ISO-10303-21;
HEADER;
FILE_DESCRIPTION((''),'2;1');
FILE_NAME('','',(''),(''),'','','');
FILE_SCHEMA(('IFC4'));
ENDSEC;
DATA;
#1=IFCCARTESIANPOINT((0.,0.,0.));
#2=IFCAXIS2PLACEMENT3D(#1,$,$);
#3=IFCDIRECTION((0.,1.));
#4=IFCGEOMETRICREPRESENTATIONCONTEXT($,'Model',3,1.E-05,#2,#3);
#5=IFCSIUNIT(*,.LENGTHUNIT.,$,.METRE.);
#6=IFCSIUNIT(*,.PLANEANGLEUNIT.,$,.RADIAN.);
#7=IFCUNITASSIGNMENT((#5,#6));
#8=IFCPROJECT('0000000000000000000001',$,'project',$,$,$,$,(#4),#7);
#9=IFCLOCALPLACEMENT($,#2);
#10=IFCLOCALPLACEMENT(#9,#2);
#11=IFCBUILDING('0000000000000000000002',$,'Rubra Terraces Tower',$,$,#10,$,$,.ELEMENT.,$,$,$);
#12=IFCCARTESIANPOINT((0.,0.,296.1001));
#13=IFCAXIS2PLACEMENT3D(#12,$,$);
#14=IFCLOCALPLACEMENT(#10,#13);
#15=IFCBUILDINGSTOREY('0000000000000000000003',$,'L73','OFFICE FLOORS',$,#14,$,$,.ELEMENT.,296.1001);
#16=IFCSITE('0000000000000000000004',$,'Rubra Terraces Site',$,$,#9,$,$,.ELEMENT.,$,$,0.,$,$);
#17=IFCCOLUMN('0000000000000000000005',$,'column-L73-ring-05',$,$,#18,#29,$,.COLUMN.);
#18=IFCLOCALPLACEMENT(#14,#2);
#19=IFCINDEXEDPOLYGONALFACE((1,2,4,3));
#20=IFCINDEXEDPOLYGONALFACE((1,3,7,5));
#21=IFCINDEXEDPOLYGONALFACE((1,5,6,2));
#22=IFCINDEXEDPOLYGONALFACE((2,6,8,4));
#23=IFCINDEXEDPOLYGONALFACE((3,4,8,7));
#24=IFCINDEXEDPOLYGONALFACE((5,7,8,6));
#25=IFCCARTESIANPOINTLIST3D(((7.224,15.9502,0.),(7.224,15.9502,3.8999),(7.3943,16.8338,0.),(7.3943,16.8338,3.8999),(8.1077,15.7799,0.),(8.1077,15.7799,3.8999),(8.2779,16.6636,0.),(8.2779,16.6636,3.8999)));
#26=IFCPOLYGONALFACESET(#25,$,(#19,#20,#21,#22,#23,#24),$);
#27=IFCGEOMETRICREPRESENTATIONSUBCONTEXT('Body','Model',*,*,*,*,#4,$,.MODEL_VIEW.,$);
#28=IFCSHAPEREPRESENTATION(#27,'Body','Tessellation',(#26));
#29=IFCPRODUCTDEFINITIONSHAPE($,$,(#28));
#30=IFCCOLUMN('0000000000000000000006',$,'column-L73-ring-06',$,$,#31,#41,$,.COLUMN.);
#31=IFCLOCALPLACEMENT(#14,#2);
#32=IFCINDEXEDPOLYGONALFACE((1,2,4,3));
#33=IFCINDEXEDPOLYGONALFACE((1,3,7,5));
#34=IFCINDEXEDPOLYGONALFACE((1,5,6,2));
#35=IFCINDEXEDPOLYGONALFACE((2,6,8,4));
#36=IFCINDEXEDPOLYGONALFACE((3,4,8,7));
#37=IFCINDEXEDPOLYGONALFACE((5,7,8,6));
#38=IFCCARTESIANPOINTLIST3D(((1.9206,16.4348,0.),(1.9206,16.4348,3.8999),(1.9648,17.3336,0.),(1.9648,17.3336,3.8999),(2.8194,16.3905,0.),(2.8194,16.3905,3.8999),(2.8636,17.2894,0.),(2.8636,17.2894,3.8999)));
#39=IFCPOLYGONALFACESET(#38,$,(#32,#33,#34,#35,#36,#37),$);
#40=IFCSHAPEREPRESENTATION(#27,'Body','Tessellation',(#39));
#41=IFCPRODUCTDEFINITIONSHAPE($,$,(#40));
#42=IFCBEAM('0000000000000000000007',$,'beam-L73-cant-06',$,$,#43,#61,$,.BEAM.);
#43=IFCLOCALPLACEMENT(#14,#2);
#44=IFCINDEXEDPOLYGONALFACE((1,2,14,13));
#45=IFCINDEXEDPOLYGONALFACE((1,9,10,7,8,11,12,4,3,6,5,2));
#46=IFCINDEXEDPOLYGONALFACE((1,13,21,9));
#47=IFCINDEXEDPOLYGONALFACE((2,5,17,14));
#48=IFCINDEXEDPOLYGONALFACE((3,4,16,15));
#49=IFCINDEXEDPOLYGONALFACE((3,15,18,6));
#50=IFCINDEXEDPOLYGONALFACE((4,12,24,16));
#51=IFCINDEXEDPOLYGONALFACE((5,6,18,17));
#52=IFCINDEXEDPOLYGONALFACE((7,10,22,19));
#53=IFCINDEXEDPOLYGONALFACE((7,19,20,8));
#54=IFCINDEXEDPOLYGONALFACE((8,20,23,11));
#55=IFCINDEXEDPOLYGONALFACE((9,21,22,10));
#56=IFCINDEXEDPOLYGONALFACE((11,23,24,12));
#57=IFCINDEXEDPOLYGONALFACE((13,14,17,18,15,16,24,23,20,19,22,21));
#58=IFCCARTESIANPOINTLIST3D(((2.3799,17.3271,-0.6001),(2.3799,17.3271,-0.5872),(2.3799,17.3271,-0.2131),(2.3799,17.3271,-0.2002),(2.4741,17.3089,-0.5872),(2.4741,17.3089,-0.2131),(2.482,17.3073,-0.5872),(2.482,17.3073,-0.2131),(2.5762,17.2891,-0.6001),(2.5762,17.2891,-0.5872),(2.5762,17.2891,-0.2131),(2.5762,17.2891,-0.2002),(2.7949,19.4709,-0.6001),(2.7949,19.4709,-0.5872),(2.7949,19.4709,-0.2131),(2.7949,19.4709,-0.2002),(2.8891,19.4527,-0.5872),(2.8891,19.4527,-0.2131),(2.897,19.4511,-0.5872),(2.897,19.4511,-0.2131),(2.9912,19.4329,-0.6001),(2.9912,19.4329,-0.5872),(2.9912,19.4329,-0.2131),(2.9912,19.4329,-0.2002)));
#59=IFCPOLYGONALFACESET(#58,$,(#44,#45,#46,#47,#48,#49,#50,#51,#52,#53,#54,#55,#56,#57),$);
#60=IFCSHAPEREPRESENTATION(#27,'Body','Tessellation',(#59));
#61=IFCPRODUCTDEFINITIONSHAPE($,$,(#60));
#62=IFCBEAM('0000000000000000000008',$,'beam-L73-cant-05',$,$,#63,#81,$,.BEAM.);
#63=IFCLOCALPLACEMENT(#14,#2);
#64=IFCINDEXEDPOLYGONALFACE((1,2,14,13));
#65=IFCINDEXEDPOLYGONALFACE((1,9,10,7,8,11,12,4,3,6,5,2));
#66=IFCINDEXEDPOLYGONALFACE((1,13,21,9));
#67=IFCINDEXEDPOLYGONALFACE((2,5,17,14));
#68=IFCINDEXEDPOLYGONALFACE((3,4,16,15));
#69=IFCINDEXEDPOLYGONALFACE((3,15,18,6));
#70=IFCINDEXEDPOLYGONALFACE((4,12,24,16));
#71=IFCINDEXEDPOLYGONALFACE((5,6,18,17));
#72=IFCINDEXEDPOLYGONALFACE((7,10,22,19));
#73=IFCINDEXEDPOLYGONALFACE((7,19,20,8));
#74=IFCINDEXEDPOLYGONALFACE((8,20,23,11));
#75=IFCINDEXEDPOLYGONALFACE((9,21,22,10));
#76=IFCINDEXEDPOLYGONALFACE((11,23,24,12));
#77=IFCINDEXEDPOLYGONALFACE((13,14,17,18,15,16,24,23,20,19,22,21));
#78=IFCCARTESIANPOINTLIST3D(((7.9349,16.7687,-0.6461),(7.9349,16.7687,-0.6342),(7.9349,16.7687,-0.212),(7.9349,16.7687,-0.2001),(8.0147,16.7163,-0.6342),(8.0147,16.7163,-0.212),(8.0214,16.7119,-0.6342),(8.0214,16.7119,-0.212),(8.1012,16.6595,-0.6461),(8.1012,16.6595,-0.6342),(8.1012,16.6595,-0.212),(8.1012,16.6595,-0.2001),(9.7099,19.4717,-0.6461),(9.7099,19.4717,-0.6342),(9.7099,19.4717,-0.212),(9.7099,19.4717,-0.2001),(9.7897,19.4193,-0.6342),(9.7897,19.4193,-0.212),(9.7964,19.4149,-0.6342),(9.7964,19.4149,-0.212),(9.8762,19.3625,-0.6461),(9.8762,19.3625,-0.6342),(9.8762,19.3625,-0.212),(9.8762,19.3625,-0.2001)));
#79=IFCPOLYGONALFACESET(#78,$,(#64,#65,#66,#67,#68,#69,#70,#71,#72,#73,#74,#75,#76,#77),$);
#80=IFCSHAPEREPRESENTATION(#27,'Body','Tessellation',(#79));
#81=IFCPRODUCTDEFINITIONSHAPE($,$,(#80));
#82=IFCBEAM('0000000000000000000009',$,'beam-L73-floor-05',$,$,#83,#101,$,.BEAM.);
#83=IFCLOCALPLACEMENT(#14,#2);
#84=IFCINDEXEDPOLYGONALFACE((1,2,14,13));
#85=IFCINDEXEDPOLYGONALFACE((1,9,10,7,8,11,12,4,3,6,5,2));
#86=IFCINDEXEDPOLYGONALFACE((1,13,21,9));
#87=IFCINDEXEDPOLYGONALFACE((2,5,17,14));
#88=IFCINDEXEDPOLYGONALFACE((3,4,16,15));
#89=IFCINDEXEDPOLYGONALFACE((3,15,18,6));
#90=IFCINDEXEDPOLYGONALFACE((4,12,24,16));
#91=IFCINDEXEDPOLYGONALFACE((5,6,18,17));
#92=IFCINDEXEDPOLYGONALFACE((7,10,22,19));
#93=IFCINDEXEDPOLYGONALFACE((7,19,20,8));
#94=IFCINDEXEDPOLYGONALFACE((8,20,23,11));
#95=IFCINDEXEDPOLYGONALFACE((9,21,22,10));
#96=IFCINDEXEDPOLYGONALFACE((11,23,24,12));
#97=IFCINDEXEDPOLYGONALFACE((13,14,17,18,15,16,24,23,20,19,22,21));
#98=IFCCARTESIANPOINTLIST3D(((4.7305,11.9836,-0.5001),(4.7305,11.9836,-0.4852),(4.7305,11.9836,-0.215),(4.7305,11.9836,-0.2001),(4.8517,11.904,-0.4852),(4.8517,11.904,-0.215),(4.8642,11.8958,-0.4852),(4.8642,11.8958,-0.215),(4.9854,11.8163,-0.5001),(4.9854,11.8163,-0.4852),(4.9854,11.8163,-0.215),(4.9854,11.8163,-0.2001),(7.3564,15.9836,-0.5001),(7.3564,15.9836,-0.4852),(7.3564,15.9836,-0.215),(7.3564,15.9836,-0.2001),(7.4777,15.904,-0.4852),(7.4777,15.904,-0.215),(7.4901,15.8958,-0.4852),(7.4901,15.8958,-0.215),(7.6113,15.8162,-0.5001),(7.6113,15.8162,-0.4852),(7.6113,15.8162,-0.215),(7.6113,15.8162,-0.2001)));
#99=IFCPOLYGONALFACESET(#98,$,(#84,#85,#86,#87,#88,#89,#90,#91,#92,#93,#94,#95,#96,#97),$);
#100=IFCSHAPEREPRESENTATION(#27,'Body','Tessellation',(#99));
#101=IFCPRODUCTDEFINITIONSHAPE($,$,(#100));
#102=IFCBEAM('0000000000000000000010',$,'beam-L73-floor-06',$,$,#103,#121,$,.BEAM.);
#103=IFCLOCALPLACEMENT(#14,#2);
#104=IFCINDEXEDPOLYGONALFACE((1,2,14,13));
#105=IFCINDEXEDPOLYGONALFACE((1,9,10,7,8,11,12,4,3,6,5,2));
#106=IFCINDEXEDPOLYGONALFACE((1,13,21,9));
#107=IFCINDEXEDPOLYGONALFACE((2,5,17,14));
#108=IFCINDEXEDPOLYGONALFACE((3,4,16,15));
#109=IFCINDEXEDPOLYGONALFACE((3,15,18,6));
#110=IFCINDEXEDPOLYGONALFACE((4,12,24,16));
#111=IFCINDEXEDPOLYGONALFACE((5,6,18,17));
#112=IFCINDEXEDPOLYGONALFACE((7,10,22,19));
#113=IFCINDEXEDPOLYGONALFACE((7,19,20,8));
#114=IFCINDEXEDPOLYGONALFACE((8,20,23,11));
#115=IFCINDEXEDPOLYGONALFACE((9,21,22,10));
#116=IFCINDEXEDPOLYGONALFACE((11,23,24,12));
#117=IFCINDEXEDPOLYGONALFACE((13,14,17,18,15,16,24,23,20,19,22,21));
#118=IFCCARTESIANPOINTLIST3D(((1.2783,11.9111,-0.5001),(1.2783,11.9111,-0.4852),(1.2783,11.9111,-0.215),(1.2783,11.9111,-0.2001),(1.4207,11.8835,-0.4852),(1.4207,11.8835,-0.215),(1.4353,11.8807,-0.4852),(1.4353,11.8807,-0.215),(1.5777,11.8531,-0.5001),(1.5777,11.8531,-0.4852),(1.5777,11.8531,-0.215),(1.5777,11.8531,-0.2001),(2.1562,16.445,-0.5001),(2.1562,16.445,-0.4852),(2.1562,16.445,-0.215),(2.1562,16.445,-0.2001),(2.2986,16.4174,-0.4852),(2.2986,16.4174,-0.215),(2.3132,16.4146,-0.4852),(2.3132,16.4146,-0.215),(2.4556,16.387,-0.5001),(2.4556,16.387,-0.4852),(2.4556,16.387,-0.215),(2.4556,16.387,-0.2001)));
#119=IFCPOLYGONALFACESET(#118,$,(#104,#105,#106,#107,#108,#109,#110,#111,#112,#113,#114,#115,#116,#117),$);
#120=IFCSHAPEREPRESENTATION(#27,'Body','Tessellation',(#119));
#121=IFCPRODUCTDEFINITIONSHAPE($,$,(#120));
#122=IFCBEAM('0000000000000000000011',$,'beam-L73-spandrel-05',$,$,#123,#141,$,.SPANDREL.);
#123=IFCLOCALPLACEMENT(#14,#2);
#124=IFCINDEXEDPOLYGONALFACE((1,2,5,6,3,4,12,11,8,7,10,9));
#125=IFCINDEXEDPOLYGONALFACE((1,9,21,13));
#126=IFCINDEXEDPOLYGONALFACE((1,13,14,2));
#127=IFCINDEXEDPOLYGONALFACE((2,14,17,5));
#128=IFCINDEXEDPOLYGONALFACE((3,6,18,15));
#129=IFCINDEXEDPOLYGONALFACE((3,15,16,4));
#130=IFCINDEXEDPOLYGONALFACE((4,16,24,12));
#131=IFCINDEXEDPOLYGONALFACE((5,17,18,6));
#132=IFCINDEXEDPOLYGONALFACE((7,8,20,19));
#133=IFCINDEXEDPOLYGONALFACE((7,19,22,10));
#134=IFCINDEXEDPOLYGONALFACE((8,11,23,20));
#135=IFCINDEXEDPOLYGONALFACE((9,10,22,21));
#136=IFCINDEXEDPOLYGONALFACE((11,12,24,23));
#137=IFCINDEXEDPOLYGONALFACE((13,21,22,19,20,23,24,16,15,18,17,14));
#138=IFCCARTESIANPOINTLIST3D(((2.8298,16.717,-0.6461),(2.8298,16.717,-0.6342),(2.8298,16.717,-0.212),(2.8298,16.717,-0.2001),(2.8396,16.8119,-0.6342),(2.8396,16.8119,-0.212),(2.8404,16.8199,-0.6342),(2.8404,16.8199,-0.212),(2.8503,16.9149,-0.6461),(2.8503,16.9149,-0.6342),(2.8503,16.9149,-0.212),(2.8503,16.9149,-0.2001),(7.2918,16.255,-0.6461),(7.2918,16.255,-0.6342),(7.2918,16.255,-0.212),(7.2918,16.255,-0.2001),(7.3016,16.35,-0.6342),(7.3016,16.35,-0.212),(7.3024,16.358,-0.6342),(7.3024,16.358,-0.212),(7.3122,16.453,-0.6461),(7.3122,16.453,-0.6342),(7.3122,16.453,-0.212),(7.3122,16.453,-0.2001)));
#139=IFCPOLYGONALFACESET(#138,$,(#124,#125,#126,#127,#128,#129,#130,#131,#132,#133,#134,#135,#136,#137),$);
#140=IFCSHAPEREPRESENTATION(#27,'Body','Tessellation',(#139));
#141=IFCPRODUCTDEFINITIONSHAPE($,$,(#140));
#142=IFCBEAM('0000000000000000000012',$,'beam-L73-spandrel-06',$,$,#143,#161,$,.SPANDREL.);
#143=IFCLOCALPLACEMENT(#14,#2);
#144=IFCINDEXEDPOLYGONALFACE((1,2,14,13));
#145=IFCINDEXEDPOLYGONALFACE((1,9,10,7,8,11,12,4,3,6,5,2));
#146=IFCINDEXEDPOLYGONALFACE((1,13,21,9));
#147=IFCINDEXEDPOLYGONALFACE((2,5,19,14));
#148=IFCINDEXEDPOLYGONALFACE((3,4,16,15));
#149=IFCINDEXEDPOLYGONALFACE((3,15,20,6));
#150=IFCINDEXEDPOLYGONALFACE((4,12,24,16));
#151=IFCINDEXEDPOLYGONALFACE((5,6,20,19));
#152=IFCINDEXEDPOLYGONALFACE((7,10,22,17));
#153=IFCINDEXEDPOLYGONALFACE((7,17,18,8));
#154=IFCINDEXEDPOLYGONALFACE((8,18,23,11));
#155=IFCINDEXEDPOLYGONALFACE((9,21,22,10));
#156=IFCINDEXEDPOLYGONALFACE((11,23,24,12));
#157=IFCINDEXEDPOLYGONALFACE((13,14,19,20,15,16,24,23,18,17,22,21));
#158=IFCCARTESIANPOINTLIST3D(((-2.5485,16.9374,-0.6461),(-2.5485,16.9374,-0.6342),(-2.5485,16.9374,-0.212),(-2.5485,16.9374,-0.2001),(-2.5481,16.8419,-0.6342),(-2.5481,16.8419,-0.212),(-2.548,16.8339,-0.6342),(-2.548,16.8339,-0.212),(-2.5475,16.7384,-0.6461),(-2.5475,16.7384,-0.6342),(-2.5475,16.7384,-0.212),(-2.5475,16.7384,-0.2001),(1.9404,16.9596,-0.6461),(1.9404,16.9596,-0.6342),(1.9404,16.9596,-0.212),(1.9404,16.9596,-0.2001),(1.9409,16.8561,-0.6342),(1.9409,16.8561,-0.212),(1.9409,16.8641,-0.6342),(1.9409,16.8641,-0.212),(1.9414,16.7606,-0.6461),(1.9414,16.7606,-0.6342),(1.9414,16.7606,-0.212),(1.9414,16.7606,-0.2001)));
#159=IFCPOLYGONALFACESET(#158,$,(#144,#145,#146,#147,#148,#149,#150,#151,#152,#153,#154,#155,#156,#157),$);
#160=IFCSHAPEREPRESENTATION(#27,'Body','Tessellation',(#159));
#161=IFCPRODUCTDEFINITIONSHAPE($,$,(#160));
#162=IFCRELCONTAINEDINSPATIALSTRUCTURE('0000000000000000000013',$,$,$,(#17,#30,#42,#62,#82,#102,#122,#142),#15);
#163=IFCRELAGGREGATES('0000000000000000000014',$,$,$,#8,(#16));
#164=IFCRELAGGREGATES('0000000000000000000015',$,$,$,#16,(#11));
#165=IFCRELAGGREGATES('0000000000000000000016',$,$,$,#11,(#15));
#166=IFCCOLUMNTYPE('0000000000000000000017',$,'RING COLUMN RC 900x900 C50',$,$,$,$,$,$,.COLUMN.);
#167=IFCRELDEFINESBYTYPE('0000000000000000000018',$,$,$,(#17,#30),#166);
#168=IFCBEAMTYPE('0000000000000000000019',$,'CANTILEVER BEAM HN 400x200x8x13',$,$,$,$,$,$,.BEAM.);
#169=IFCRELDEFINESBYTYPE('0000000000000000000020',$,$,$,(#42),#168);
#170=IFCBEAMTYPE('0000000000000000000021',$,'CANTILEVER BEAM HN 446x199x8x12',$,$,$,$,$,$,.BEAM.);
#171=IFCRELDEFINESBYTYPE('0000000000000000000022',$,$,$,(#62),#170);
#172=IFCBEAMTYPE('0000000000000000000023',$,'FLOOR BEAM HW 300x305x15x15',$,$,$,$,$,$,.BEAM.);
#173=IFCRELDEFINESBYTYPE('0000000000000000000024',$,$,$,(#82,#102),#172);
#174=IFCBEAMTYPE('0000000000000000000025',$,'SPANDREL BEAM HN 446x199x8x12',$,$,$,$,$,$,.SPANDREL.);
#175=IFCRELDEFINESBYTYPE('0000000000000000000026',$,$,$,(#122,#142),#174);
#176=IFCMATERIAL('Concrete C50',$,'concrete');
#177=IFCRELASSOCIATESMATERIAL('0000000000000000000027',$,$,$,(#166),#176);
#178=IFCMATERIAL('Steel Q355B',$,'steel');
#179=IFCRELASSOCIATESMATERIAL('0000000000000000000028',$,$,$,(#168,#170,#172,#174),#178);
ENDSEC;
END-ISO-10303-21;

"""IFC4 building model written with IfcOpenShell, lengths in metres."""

from ifc_helpers import new_model, si_unit, direction, frame, origin, origin_2d, place, context, subcontext, project, spatial, rectangle, i_section, extrude, material, material_profile, profile_set, type_object, element, save


model = new_model("IFC4")

# Units and contexts
model_context = context("Model", 3, precision=1e-05, world=origin(), true_north=direction((0.0, 1.0)))
body_context = subcontext(model_context, "Body", "Model", "MODEL_VIEW")
ifc_project = project(units=[si_unit("LENGTHUNIT", "METRE"), si_unit("PLANEANGLEUNIT", "RADIAN")], contexts=[model_context])

# Site, building, storey
site_placement = place(None, origin())
site = spatial("IfcSite", under=ifc_project, at=site_placement, Name="Rubra Terraces Site", CompositionType="ELEMENT", RefElevation=0.0)
building_placement = place(site_placement, origin())
building = spatial("IfcBuilding", under=site, at=building_placement, Name="Rubra Terraces Tower", CompositionType="ELEMENT")
storey_placement = place(building_placement, frame((0.0, 0.0, 296.1001)))
storey = spatial("IfcBuildingStorey", under=building, at=storey_placement, Name="L73", Description="OFFICE FLOORS", CompositionType="ELEMENT", Elevation=296.1001)

# Columns
ifc_material_1 = material(Name="Concrete C50", Category="concrete")
ifc_material_profile_1 = material_profile(ifc_material_1, rectangle(XDim=0.8999, YDim=0.8999, at=origin_2d()), Name="RC 900x900")
ifc_profile_set_1 = profile_set([ifc_material_profile_1], Name="Concrete C50")
column_type = type_object("IfcColumnType", Name="RING COLUMN RC 900x900 C50", PredefinedType="COLUMN", material=ifc_profile_set_1)
for number, where, z_axis, x_axis, name in (
    (1, (7.751, 16.3069, 0.0), (0.0, 0.0, 1.0), (-0.981937, 0.18921, 0.0), "column-L73-ring-05"),
    (2, (2.3921, 16.8621, 0.0), (0.0, 0.0, 1.0), (-0.998791, 0.04915, 0.0), "column-L73-ring-06"),
):
    element("IfcColumn", number, at=place(storey_placement, frame(where, z_axis=z_axis, x_axis=x_axis)), inside=storey, type_object=column_type, Name=name, PredefinedType="COLUMN", context=body_context, shape_type="SweptSolid", body=[
        extrude(rectangle(XDim=0.8999, YDim=0.8999, at=origin_2d()), origin(), (0.0, 0.0, 1.0), 3.8999),
    ])

# Beams
ifc_material_2 = material(Name="Steel Q355B", Category="steel")
ifc_material_profile_2 = material_profile(ifc_material_2, i_section(OverallWidth=0.2, OverallDepth=0.3999, WebThickness=0.0081, FlangeThickness=0.0129, at=origin_2d()), Name="HN 400x200x8x13")
ifc_profile_set_2 = profile_set([ifc_material_profile_2], Name="Steel Q355B")
beam_type_1 = type_object("IfcBeamType", Name="CANTILEVER BEAM HN 400x200x8x13", PredefinedType="BEAM", material=ifc_profile_set_2)
beam_1_placement = place(storey_placement, frame((2.478, 17.3081, -0.4001), z_axis=(0.190071, 0.98177, 0.0), x_axis=(-0.98177, 0.190071, 0.0)))
element("IfcBeam", 3, at=beam_1_placement, inside=storey, type_object=beam_type_1, Name="beam-L73-cant-06", PredefinedType="BEAM", context=body_context, shape_type="SweptSolid", body=[
    extrude(i_section(OverallWidth=0.2, OverallDepth=0.3999, WebThickness=0.0081, FlangeThickness=0.0129, at=origin_2d()), origin(), (0.0, 0.0, 1.0), 2.1836),
])
ifc_material_profile_3 = material_profile(ifc_material_2, i_section(OverallWidth=0.199, OverallDepth=0.446, WebThickness=0.0081, FlangeThickness=0.012, at=origin_2d()), Name="HN 446x199x8x12")
ifc_profile_set_3 = profile_set([ifc_material_profile_3], Name="Steel Q355B")
beam_type_2 = type_object("IfcBeamType", Name="CANTILEVER BEAM HN 446x199x8x12", PredefinedType="BEAM", material=ifc_profile_set_3)
beam_2_placement = place(storey_placement, frame((8.0181, 16.7141, -0.4231), z_axis=(0.548902, 0.835887, 0.0), x_axis=(-0.835887, 0.548902, 0.0)))
element("IfcBeam", 4, at=beam_2_placement, inside=storey, type_object=beam_type_2, Name="beam-L73-cant-05", PredefinedType="BEAM", context=body_context, shape_type="SweptSolid", body=[
    extrude(i_section(OverallWidth=0.199, OverallDepth=0.446, WebThickness=0.0081, FlangeThickness=0.012, at=origin_2d()), origin(), (0.0, 0.0, 1.0), 3.2336),
])
ifc_material_profile_4 = material_profile(ifc_material_2, i_section(OverallWidth=0.3049, OverallDepth=0.3, WebThickness=0.0149, FlangeThickness=0.0149, at=origin_2d()), Name="HW 300x305x15x15")
ifc_profile_set_4 = profile_set([ifc_material_profile_4], Name="Steel Q355B")
beam_type_3 = type_object("IfcBeamType", Name="FLOOR BEAM HW 300x305x15x15", PredefinedType="BEAM", material=ifc_profile_set_4)
beam_3_placement = place(storey_placement, frame((7.4839, 15.8999, -0.3501), z_axis=(-0.548799, -0.835954, 0.0), x_axis=(0.835954, -0.548799, 0.0)))
element("IfcBeam", 5, at=beam_3_placement, inside=storey, type_object=beam_type_3, Name="beam-L73-floor-05", PredefinedType="BEAM", context=body_context, shape_type="SweptSolid", body=[
    extrude(i_section(OverallWidth=0.3049, OverallDepth=0.3, WebThickness=0.0149, FlangeThickness=0.0149, at=origin_2d()), origin(), (0.0, 0.0, 1.0), 4.7849),
])
beam_4_placement = place(storey_placement, frame((2.3059, 16.416, -0.3501), z_axis=(-0.190104, -0.981764, 0.0), x_axis=(0.981764, -0.190104, 0.0)))
element("IfcBeam", 6, at=beam_4_placement, inside=storey, type_object=beam_type_3, Name="beam-L73-floor-06", PredefinedType="BEAM", context=body_context, shape_type="SweptSolid", body=[
    extrude(i_section(OverallWidth=0.3049, OverallDepth=0.3, WebThickness=0.0149, FlangeThickness=0.0149, at=origin_2d()), origin(), (0.0, 0.0, 1.0), 4.6182),
])
ifc_material_profile_5 = material_profile(ifc_material_2, i_section(OverallWidth=0.199, OverallDepth=0.446, WebThickness=0.0081, FlangeThickness=0.012, at=origin_2d()), Name="HN 446x199x8x12")
ifc_profile_set_5 = profile_set([ifc_material_profile_5], Name="Steel Q355B")
beam_type_4 = type_object("IfcBeamType", Name="SPANDREL BEAM HN 446x199x8x12", PredefinedType="SPANDREL", material=ifc_profile_set_5)
beam_5_placement = place(storey_placement, frame((7.302, 16.354, -0.4231), z_axis=(-0.994684, 0.102973, 0.0), x_axis=(-0.102973, -0.994684, 0.0)))
element("IfcBeam", 7, at=beam_5_placement, inside=storey, type_object=beam_type_4, Name="beam-L73-spandrel-05", PredefinedType="SPANDREL", context=body_context, shape_type="SweptSolid", body=[
    extrude(i_section(OverallWidth=0.199, OverallDepth=0.446, WebThickness=0.0081, FlangeThickness=0.012, at=origin_2d()), origin(), (0.0, 0.0, 1.0), 4.4858),
])
beam_6_placement = place(storey_placement, frame((1.9409, 16.8601, -0.4231), z_axis=(-0.999988, -0.004949, 0.0), x_axis=(0.004949, -0.999988, 0.0)))
element("IfcBeam", 8, at=beam_6_placement, inside=storey, type_object=beam_type_4, Name="beam-L73-spandrel-06", PredefinedType="SPANDREL", context=body_context, shape_type="SweptSolid", body=[
    extrude(i_section(OverallWidth=0.199, OverallDepth=0.446, WebThickness=0.0081, FlangeThickness=0.012, at=origin_2d()), origin(), (0.0, 0.0, 1.0), 4.489),
])

save(model, "model.ifc")
